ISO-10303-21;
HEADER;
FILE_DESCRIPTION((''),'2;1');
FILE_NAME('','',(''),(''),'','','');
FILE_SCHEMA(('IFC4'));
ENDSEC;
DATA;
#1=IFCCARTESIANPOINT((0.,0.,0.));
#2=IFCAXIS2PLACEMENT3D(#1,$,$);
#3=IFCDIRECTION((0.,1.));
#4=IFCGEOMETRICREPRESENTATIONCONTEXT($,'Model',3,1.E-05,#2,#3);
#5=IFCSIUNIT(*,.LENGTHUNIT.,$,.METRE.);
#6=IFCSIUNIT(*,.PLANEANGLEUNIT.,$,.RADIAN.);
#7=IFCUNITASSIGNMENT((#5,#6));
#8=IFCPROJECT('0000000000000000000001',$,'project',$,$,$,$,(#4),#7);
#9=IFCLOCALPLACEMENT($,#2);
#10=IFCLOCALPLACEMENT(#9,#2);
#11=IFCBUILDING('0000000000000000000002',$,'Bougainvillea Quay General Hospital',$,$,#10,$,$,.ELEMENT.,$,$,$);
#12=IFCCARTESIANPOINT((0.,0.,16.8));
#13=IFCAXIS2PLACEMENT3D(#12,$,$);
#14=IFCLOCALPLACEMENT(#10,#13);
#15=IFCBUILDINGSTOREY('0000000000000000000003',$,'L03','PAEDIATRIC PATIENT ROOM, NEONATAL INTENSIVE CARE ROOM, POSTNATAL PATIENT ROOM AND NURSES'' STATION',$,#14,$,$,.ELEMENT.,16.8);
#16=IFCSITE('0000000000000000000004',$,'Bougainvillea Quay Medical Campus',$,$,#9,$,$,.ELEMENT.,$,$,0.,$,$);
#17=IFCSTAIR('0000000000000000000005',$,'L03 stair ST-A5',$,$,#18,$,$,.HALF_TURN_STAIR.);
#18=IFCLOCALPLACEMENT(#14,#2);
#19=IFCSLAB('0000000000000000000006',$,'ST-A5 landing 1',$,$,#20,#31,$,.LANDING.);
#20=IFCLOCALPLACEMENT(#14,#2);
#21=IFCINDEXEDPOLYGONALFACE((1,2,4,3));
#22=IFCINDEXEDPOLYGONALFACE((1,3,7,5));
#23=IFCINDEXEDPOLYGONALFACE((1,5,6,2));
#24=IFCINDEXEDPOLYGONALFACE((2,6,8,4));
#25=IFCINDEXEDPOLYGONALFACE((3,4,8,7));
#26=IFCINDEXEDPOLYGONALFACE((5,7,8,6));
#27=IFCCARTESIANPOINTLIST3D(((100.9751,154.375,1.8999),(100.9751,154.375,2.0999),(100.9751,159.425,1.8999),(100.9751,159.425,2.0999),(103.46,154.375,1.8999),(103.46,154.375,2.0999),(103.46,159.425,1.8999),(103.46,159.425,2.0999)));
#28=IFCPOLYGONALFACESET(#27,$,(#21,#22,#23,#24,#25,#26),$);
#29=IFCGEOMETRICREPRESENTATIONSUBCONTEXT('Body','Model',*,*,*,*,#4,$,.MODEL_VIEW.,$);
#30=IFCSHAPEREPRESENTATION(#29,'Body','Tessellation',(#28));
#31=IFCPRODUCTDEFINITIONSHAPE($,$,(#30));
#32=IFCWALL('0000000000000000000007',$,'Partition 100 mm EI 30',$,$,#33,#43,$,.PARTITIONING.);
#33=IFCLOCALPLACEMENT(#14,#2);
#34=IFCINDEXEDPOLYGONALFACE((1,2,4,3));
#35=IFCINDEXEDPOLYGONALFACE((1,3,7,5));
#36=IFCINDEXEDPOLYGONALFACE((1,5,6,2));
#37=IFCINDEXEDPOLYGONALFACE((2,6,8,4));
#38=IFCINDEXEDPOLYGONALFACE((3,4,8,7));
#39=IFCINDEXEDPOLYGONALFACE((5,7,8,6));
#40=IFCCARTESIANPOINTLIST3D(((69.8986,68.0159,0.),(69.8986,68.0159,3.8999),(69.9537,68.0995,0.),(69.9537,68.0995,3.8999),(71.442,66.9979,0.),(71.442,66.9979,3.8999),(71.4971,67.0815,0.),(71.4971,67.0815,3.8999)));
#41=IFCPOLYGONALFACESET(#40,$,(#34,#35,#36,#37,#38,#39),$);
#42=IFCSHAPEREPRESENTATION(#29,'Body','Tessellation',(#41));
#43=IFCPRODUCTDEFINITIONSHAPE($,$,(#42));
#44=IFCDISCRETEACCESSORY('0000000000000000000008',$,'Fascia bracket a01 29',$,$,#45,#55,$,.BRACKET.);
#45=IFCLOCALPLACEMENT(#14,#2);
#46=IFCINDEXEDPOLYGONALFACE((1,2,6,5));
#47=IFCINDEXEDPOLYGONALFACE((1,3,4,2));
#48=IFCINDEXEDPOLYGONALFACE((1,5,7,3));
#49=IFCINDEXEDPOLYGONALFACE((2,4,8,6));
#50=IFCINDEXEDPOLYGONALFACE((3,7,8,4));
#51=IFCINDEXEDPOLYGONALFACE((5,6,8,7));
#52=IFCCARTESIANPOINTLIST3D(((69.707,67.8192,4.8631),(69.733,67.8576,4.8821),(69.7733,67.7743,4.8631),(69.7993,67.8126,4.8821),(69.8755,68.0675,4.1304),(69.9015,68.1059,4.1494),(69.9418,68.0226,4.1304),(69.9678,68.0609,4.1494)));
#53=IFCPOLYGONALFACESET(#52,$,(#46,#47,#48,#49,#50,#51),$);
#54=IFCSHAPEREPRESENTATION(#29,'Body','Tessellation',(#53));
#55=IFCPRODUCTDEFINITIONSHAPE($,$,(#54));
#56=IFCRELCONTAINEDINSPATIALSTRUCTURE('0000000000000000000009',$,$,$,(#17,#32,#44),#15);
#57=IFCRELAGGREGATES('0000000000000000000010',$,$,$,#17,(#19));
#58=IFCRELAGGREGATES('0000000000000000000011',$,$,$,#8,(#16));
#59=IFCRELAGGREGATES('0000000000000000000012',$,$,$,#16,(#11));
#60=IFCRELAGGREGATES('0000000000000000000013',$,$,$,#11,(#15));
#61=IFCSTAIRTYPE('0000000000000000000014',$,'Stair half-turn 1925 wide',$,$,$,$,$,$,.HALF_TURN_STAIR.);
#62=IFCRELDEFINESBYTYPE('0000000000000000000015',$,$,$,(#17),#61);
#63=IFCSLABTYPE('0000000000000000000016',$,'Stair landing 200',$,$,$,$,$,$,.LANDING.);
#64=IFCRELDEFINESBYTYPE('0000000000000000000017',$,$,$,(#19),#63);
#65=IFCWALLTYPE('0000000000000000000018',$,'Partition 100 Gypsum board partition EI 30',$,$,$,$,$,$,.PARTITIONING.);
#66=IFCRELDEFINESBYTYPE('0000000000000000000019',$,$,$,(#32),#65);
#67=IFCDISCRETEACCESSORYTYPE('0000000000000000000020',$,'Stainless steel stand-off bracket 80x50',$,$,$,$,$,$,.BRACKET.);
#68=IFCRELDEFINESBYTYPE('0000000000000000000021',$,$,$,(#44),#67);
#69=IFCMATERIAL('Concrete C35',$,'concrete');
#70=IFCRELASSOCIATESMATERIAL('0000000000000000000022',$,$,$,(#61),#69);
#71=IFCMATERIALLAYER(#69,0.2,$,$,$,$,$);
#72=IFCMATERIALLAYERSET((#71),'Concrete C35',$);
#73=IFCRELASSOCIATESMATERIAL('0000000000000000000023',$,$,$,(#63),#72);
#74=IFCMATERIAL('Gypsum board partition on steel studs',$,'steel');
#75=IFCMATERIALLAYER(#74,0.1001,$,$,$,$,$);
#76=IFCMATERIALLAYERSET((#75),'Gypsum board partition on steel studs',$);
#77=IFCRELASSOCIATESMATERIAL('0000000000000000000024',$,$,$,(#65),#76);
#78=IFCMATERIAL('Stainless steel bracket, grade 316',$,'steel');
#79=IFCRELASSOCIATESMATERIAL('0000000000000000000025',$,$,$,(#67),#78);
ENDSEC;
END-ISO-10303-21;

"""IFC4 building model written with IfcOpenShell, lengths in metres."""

from ifc_helpers import new_model, si_unit, direction, frame, frame_2d, origin, origin_2d, place, context, subcontext, project, spatial, polyline, rectangle, outline, extrude, material, layer, layer_set, material_profile, profile_set, type_object, element, aggregate, save


model = new_model("IFC4")

# Units and contexts
model_context = context("Model", 3, precision=1e-05, world=origin(), true_north=direction((0.0, 1.0)))
body_context = subcontext(model_context, "Body", "Model", "MODEL_VIEW")
ifc_project = project(units=[si_unit("LENGTHUNIT", "METRE"), si_unit("PLANEANGLEUNIT", "RADIAN")], contexts=[model_context])

# Site, building, storey
site_placement = place(None, origin())
site = spatial("IfcSite", under=ifc_project, at=site_placement, Name="Bougainvillea Quay Medical Campus", CompositionType="ELEMENT", RefElevation=0.0)
building_placement = place(site_placement, origin())
building = spatial("IfcBuilding", under=site, at=building_placement, Name="Bougainvillea Quay General Hospital", CompositionType="ELEMENT")
storey_placement = place(building_placement, frame((0.0, 0.0, 16.8)))
storey = spatial("IfcBuildingStorey", under=building, at=storey_placement, Name="L03", Description="PAEDIATRIC PATIENT ROOM, NEONATAL INTENSIVE CARE ROOM, POSTNATAL PATIENT ROOM AND NURSES' STATION", CompositionType="ELEMENT", Elevation=16.8)

# Shared definitions
ifc_material_1 = material(Name="Concrete C35", Category="concrete")

# Stair, slab
stair_type = type_object("IfcStairType", Name="Stair half-turn 1925 wide", PredefinedType="HALF_TURN_STAIR", material=ifc_material_1)
ifc_layer_1 = layer(ifc_material_1, 0.2)
ifc_layer_set_1 = layer_set([ifc_layer_1], Name="Concrete C35")
slab_type_1 = type_object("IfcSlabType", Name="Stair landing 200", PredefinedType="LANDING", material=ifc_layer_set_1)
stair_1_placement = place(storey_placement, origin())
stair_1 = element("IfcStair", 1, at=stair_1_placement, inside=storey, type_object=stair_type, Name="L03 stair ST-A5", PredefinedType="HALF_TURN_STAIR")
slab_1_placement = place(storey_placement, frame((0.0, 0.0, 1.8999)))
slab_1 = element("IfcSlab", 2, at=slab_1_placement, type_object=slab_type_1, Name="ST-A5 landing 1", PredefinedType="LANDING", context=body_context, shape_type="SweptSolid", body=[
    extrude(outline(polyline([(103.46, 159.425), (100.9751, 159.425), (100.9751, 154.375), (103.46, 154.375), (103.46, 159.425)])), origin(), (0.0, 0.0, 1.0), 0.2),
])
aggregate(stair_1, [slab_1])

# Wall
ifc_material_2 = material(Name="Gypsum board partition on steel studs", Category="steel")
ifc_layer_2 = layer(ifc_material_2, 0.1001)
ifc_layer_set_2 = layer_set([ifc_layer_2], Name="Gypsum board partition on steel studs")
wall_type = type_object("IfcWallType", Name="Partition 100 Gypsum board partition EI 30", PredefinedType="PARTITIONING", material=ifc_layer_set_2)
wall_placement = place(storey_placement, frame((69.9263, 68.0576, 0.0), z_axis=(0.0, 0.0, 1.0), x_axis=(0.834762, -0.55061, 0.0)))
element("IfcWall", 3, at=wall_placement, inside=storey, type_object=wall_type, Name="Partition 100 mm EI 30", PredefinedType="PARTITIONING", context=body_context, shape_type="SweptSolid", body=[
    extrude(rectangle(XDim=1.8489, YDim=0.1001, at=frame_2d((0.9243, 0.0))), origin(), (0.0, 0.0, 1.0), 3.8999),
])

# Discrete accessory
ifc_material_3 = material(Name="Stainless steel bracket, grade 316", Category="steel")
ifc_material_profile = material_profile(ifc_material_3, rectangle(XDim=0.0801, YDim=0.05, at=origin_2d()))
ifc_profile_set = profile_set([ifc_material_profile], Name="Stainless steel bracket, grade 316")
discrete_accessory_type = type_object("IfcDiscreteAccessoryType", Name="Stainless steel stand-off bracket 80x50", PredefinedType="BRACKET", material=ifc_profile_set)
discrete_accessory_placement = place(storey_placement, frame((69.9216, 68.0642, 4.1399), z_axis=(-0.212773, -0.313608, 0.925407), x_axis=(0.827516, -0.561442, 0.0)))
element("IfcDiscreteAccessory", 4, at=discrete_accessory_placement, inside=storey, type_object=discrete_accessory_type, Name="Fascia bracket a01 29", PredefinedType="BRACKET", context=body_context, shape_type="SweptSolid", body=[
    extrude(rectangle(XDim=0.0801, YDim=0.05, at=origin_2d()), origin(), (0.0, 0.0, 1.0), 0.7917),
])

save(model, "model.ifc")
